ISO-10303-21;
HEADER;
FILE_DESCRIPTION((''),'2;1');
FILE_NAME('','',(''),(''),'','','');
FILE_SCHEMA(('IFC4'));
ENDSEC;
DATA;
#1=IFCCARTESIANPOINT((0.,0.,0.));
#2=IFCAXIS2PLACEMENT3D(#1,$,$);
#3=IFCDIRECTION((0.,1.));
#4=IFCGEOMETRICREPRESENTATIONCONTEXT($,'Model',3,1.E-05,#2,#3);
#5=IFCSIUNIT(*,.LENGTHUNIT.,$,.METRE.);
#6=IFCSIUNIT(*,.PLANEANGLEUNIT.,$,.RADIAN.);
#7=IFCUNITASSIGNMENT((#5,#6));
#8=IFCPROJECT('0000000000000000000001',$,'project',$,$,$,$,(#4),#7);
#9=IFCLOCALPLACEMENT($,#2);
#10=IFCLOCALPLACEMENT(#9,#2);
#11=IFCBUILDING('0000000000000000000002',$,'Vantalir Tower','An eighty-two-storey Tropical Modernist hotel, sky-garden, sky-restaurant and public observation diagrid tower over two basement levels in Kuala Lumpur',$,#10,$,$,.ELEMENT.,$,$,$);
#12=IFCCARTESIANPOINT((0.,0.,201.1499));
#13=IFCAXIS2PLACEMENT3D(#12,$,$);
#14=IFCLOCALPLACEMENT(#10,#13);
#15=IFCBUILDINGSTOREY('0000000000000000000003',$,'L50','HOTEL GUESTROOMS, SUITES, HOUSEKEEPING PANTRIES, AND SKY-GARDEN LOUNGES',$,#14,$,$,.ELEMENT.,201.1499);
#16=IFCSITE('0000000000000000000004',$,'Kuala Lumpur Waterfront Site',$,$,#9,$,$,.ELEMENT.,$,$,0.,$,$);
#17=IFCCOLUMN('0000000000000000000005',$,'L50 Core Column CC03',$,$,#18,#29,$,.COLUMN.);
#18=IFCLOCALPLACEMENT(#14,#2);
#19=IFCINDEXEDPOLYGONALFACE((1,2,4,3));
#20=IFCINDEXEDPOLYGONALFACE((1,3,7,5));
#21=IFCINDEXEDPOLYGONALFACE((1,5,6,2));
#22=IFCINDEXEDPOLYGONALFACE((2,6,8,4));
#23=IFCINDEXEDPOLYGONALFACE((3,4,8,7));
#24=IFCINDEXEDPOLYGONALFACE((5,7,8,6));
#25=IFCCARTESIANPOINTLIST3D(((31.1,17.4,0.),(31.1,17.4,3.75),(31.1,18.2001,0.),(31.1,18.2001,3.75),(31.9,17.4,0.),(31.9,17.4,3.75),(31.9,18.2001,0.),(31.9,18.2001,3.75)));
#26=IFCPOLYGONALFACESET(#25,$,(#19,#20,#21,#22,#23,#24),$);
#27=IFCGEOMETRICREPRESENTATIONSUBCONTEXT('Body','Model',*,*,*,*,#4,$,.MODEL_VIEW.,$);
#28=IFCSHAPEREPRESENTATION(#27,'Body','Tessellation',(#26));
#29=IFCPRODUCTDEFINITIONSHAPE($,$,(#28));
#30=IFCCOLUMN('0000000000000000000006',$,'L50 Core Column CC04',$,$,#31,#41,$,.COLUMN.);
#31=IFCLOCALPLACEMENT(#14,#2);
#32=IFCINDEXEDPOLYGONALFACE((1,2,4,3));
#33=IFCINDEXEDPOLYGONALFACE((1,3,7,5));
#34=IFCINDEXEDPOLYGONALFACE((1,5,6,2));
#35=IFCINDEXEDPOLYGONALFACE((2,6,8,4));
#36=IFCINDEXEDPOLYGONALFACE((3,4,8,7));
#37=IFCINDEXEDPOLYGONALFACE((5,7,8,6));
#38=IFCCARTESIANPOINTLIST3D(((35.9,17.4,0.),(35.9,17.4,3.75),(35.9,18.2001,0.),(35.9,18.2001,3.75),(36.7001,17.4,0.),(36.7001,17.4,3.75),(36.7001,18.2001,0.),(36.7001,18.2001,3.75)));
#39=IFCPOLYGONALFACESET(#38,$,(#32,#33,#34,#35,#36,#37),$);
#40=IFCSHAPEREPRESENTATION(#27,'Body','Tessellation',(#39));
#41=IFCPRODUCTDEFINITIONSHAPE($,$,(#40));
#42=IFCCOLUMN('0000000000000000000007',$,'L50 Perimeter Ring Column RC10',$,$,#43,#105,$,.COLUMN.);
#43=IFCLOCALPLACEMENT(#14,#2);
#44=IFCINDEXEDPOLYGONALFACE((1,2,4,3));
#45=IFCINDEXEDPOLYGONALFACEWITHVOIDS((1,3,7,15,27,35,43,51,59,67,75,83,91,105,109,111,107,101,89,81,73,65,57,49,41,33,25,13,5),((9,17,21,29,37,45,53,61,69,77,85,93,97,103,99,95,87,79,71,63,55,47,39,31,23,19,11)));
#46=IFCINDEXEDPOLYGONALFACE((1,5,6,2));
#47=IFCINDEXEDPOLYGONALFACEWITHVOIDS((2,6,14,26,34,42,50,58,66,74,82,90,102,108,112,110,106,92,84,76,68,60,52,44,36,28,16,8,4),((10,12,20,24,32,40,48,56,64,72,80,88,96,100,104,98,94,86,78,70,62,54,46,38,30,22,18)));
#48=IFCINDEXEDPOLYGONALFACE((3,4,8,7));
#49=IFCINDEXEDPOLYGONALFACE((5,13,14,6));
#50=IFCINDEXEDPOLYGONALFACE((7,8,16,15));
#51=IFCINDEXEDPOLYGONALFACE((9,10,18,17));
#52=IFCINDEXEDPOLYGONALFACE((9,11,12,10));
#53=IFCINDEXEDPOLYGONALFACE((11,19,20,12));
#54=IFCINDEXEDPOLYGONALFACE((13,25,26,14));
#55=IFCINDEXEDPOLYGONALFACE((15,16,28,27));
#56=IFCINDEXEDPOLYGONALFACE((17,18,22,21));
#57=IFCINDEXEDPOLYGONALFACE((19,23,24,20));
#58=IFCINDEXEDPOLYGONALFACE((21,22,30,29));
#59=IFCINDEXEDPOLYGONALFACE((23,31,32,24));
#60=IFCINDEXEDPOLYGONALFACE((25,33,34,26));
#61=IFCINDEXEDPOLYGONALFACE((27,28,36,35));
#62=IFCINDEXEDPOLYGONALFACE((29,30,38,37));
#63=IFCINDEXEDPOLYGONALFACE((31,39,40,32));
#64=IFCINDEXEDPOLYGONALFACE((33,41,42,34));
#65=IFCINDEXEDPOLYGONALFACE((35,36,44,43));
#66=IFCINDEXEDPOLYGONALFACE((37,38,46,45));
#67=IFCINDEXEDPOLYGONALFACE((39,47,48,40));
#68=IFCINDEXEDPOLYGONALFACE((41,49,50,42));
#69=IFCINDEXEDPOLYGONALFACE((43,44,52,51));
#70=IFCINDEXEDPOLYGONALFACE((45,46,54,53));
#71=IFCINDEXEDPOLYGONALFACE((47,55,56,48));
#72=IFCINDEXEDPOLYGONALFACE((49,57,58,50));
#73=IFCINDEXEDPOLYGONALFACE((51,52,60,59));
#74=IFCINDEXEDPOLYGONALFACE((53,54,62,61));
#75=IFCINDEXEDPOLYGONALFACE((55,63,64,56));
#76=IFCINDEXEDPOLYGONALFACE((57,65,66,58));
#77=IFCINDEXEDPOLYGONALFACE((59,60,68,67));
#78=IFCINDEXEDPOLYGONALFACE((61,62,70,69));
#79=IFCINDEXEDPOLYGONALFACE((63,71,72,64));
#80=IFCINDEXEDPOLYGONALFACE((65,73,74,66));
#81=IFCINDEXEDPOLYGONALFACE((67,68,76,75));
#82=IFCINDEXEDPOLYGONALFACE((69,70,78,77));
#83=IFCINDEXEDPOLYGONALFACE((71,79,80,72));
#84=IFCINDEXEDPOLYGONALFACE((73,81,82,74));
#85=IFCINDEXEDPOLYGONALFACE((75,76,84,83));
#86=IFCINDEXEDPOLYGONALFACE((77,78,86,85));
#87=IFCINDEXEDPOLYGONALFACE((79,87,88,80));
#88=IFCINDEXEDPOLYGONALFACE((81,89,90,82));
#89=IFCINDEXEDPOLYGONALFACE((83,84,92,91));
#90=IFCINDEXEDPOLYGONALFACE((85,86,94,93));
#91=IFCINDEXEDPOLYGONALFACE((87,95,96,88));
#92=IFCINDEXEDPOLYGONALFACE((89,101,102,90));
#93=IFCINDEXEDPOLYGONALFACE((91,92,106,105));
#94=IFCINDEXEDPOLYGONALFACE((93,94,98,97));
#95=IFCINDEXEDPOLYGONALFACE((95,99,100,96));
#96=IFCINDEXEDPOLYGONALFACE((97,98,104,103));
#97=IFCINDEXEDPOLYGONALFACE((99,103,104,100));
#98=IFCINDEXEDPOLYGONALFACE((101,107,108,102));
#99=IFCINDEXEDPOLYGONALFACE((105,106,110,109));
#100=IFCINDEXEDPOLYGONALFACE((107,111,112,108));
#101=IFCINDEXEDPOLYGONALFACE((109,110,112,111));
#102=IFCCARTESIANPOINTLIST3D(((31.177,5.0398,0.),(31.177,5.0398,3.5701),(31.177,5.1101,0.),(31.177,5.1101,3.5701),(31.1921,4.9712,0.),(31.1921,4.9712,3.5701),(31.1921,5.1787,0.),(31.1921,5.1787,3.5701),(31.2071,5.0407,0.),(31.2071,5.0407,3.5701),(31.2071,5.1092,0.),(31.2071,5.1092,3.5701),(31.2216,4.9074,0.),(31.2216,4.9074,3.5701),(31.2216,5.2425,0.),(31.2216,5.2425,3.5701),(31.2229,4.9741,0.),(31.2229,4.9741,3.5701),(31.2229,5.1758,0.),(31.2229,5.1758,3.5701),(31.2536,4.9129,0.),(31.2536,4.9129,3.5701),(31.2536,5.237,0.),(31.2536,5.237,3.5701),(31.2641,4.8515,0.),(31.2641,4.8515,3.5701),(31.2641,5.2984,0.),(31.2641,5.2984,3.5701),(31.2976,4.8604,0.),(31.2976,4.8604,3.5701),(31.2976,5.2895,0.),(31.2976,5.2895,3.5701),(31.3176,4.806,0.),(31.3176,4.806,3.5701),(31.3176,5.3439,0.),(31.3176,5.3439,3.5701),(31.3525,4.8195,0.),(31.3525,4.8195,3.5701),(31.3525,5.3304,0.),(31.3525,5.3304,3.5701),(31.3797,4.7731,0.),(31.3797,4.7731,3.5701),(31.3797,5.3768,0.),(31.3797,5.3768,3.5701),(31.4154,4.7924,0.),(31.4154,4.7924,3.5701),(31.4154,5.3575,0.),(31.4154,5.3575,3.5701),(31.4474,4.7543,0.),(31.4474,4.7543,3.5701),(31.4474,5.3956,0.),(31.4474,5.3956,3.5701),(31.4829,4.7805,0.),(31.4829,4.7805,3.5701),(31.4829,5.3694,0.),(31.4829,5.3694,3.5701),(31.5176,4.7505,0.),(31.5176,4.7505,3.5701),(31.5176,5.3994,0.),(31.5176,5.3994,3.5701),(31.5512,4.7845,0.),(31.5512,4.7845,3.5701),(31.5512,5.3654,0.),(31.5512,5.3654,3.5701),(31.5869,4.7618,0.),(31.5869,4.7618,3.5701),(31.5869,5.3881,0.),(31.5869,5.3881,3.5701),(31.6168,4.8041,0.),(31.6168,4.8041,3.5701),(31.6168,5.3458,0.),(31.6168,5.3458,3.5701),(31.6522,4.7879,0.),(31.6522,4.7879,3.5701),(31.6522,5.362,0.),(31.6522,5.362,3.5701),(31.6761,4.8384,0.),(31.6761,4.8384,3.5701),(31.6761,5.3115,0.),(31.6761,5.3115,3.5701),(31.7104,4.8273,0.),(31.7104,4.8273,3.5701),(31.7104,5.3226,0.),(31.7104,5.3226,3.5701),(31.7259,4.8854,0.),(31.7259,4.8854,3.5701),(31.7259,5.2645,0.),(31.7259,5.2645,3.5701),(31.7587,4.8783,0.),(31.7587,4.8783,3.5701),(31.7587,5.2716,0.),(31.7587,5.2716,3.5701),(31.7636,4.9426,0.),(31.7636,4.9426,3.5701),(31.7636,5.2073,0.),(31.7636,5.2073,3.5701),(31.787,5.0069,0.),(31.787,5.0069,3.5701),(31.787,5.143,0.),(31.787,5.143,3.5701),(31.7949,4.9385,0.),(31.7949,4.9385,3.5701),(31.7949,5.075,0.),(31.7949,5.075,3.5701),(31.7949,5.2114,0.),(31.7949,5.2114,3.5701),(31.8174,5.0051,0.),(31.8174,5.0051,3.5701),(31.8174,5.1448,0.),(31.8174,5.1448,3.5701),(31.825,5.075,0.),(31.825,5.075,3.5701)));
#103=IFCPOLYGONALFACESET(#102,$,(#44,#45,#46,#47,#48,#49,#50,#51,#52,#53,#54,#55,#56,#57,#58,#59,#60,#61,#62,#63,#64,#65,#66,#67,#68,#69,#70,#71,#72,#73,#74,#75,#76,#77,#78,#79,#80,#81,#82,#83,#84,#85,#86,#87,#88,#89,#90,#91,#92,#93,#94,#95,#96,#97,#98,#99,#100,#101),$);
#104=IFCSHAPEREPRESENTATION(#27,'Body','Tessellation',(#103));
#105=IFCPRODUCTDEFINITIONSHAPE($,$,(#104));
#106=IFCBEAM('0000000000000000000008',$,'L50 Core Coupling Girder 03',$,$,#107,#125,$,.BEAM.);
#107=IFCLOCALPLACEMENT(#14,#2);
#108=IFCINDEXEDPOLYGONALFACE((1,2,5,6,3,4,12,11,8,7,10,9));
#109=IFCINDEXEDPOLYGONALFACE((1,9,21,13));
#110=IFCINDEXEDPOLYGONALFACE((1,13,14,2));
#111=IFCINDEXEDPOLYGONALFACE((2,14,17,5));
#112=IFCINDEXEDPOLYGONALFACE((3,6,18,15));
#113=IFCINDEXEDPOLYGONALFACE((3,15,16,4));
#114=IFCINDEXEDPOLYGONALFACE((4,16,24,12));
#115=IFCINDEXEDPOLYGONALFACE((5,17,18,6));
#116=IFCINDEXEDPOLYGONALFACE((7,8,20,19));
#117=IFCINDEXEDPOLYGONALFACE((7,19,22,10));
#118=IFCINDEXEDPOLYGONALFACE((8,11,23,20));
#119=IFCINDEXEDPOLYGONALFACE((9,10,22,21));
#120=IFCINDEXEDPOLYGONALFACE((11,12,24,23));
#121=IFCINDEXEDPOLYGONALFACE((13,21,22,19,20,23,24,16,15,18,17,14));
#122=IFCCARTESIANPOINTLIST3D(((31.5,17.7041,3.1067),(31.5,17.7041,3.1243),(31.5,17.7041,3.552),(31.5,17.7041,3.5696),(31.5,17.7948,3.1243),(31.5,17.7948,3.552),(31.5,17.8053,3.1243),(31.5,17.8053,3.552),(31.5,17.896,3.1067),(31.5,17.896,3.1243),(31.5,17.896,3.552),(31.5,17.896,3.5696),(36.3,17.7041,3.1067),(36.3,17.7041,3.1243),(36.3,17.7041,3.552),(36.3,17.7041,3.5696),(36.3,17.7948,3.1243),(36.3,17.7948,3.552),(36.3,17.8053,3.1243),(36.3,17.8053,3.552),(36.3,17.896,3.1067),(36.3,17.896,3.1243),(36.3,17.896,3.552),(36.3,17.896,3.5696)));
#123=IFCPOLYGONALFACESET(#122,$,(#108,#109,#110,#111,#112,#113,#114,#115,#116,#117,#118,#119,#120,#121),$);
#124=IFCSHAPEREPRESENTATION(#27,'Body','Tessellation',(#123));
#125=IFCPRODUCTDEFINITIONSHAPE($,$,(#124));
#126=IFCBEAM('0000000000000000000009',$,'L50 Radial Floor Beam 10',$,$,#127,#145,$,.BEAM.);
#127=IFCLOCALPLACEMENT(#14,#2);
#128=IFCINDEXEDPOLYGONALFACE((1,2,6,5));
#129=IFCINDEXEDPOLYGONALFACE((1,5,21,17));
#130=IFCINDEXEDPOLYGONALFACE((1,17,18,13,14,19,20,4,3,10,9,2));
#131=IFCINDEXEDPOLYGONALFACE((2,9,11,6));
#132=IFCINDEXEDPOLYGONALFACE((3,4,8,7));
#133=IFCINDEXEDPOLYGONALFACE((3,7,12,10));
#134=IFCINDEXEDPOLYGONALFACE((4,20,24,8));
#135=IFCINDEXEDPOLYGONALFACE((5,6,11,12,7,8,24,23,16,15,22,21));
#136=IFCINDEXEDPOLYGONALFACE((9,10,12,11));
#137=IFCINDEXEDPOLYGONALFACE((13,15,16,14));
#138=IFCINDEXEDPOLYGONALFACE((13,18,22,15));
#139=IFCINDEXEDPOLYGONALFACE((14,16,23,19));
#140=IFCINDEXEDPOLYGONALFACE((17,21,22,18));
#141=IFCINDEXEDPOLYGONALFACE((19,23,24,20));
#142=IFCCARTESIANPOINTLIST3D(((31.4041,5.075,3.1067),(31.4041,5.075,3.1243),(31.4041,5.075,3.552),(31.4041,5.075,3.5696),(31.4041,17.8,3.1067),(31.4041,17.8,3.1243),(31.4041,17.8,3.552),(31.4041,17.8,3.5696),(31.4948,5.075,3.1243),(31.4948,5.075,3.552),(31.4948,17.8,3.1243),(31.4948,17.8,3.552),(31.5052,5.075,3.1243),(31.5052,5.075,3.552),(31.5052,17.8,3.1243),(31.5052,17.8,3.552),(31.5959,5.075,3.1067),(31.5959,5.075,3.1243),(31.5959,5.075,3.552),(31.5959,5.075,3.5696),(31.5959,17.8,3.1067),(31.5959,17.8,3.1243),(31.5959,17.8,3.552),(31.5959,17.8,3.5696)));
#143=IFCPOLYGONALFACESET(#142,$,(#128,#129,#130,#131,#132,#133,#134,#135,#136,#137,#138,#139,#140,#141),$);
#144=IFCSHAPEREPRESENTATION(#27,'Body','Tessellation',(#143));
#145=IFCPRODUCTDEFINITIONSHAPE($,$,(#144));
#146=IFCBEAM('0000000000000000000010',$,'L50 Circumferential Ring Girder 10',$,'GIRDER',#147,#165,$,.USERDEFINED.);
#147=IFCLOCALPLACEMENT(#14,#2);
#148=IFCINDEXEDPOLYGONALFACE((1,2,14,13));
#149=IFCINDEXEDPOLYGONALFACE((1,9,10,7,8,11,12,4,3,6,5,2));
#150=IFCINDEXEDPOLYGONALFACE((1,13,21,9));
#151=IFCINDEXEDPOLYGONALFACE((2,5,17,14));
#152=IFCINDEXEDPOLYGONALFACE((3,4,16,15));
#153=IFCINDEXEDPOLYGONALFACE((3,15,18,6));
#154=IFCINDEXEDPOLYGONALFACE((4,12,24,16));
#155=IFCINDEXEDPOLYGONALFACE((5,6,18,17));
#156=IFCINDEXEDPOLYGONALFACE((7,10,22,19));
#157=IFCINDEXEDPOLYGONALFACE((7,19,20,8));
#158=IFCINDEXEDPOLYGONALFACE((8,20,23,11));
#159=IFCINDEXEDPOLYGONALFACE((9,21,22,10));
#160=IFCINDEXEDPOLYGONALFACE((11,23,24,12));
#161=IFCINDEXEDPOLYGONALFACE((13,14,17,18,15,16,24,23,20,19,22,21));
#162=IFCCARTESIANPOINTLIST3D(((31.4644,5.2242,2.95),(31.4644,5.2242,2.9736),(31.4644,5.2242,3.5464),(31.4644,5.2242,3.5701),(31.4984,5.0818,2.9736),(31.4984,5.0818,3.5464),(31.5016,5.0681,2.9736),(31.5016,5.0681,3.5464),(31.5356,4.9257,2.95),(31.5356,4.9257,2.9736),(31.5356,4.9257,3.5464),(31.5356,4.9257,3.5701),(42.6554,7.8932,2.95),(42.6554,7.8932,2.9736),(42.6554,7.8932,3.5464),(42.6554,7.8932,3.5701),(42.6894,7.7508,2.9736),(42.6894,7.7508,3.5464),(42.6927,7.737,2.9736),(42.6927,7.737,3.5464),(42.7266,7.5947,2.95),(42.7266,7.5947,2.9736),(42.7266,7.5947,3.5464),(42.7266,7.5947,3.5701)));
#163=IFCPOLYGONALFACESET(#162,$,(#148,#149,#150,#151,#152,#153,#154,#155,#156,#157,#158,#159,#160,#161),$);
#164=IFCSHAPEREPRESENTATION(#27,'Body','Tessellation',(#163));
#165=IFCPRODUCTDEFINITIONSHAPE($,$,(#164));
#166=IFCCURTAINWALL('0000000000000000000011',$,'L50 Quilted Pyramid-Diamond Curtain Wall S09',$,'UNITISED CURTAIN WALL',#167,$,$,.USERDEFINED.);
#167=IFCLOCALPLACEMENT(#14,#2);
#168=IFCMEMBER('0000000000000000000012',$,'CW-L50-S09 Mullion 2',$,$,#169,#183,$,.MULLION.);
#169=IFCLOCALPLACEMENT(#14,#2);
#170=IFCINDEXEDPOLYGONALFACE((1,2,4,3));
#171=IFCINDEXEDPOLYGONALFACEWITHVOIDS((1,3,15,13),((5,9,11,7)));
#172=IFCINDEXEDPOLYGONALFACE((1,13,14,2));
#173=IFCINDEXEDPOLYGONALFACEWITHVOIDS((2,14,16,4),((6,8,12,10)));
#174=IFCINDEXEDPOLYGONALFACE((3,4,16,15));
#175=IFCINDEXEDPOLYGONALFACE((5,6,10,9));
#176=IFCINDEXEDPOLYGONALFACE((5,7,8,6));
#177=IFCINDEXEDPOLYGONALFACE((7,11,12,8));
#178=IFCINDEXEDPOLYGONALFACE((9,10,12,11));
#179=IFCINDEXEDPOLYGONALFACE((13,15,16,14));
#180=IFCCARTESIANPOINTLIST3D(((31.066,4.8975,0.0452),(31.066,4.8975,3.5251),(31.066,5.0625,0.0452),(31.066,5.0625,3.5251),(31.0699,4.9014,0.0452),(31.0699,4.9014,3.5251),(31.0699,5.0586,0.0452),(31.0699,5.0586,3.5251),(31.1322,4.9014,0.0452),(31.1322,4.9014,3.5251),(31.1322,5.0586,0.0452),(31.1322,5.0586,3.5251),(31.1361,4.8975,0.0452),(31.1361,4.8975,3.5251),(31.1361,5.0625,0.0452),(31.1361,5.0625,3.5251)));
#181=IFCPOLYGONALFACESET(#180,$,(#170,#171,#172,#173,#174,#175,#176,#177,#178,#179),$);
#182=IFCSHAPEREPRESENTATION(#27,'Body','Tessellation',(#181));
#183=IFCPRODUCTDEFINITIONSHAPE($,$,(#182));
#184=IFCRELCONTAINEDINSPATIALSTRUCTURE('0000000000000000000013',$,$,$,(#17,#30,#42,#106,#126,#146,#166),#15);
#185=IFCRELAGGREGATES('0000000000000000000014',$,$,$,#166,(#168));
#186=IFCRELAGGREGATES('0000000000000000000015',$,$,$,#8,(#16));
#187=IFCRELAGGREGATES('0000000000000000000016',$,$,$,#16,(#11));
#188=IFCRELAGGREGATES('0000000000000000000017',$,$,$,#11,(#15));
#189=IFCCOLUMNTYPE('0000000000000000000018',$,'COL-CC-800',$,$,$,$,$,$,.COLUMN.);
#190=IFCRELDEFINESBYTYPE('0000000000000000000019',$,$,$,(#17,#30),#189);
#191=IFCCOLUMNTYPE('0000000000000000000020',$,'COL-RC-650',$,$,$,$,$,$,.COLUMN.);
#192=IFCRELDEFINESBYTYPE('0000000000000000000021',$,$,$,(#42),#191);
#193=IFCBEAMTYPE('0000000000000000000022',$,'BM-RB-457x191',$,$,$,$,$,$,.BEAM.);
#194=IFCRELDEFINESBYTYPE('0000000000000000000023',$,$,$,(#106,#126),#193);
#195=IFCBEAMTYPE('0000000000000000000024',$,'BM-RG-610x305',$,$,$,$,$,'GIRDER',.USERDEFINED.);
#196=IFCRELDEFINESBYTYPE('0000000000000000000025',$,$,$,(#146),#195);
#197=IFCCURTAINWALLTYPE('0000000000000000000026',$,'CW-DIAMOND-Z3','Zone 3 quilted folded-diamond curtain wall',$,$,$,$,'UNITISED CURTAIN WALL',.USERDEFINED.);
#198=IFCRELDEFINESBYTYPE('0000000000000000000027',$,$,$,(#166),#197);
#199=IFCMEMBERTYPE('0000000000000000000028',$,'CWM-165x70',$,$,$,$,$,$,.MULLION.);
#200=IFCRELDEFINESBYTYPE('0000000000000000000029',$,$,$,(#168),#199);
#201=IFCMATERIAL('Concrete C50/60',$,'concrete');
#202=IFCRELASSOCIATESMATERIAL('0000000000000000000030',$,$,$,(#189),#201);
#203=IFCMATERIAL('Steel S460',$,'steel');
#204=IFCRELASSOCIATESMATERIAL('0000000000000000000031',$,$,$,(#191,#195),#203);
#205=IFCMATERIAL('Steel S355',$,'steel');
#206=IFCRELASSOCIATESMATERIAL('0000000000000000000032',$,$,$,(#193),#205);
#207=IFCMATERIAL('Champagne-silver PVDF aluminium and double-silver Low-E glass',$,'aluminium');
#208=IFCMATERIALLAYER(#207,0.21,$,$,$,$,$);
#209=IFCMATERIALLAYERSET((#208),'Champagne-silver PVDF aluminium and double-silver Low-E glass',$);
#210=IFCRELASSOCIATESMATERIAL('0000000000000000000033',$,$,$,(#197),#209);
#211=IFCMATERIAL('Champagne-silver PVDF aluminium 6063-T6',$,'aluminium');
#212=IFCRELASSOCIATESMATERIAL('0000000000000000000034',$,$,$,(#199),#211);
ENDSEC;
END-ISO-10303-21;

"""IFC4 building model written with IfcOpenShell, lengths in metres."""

from ifc_helpers import new_model, si_unit, direction, frame, origin, origin_2d, place, context, subcontext, project, spatial, rectangle, hollow_rectangle, hollow_circle, i_section, extrude, material, layer, layer_set, material_profile, profile_set, type_object, element, aggregate, save


model = new_model("IFC4")

# Units and contexts
model_context = context("Model", 3, precision=1e-05, world=origin(), true_north=direction((0.0, 1.0)))
body_context = subcontext(model_context, "Body", "Model", "MODEL_VIEW")
ifc_project = project(units=[si_unit("LENGTHUNIT", "METRE"), si_unit("PLANEANGLEUNIT", "RADIAN")], contexts=[model_context])

# Site, building, storey
site_placement = place(None, origin())
site = spatial("IfcSite", under=ifc_project, at=site_placement, Name="Kuala Lumpur Waterfront Site", CompositionType="ELEMENT", RefElevation=0.0)
building_placement = place(site_placement, origin())
building = spatial("IfcBuilding", under=site, at=building_placement, Name="Vantalir Tower", Description="An eighty-two-storey Tropical Modernist hotel, sky-garden, sky-restaurant and public observation diagrid tower over two basement levels in Kuala Lumpur", CompositionType="ELEMENT")
storey_placement = place(building_placement, frame((0.0, 0.0, 201.1499)))
storey = spatial("IfcBuildingStorey", under=building, at=storey_placement, Name="L50", Description="HOTEL GUESTROOMS, SUITES, HOUSEKEEPING PANTRIES, AND SKY-GARDEN LOUNGES", CompositionType="ELEMENT", Elevation=201.1499)

# Columns
ifc_material_1 = material(Name="Concrete C50/60", Category="concrete")
ifc_material_profile_1 = material_profile(ifc_material_1, rectangle(XDim=0.8, YDim=0.8, at=origin_2d()), Name="Concrete C50/60")
ifc_profile_set_1 = profile_set([ifc_material_profile_1], Name="Concrete C50/60")
column_type_1 = type_object("IfcColumnType", Name="COL-CC-800", PredefinedType="COLUMN", material=ifc_profile_set_1)
for number, where, z_axis, x_axis, name in (
    (1, (31.5, 17.8, 0.0), (0.0, 0.0, 1.0), (1.0, 0.0, 0.0), "L50 Core Column CC03"),
    (2, (36.3, 17.8, 0.0), (0.0, 0.0, 1.0), (1.0, 0.0, 0.0), "L50 Core Column CC04"),
):
    element("IfcColumn", number, at=place(storey_placement, frame(where, z_axis=z_axis, x_axis=x_axis)), inside=storey, type_object=column_type_1, Name=name, PredefinedType="COLUMN", context=body_context, shape_type="SweptSolid", body=[
        extrude(rectangle(XDim=0.8, YDim=0.8, at=origin_2d()), origin(), (0.0, 0.0, 1.0), 3.75),
    ])
ifc_material_2 = material(Name="Steel S460", Category="steel")
ifc_material_profile_2 = material_profile(ifc_material_2, hollow_circle(Radius=0.325, WallThickness=0.03, at=origin_2d()), Name="Steel S460")
ifc_profile_set_2 = profile_set([ifc_material_profile_2], Name="Steel S460")
column_type_2 = type_object("IfcColumnType", Name="COL-RC-650", PredefinedType="COLUMN", material=ifc_profile_set_2)
column_placement = place(storey_placement, frame((31.5, 5.075, 0.0), z_axis=(0.0, 0.0, 1.0), x_axis=(1.0, 0.0, 0.0)))
element("IfcColumn", 3, at=column_placement, inside=storey, type_object=column_type_2, Name="L50 Perimeter Ring Column RC10", PredefinedType="COLUMN", context=body_context, shape_type="SweptSolid", body=[
    extrude(hollow_circle(Radius=0.325, WallThickness=0.03, at=origin_2d()), origin(), (0.0, 0.0, 1.0), 3.5701),
])

# Beams
ifc_material_3 = material(Name="Steel S355", Category="steel")
ifc_material_profile_3 = material_profile(ifc_material_3, i_section(OverallWidth=0.1919, OverallDepth=0.4629, WebThickness=0.0105, FlangeThickness=0.0176, at=origin_2d()), Name="Steel S355")
ifc_profile_set_3 = profile_set([ifc_material_profile_3], Name="Steel S355")
beam_type_1 = type_object("IfcBeamType", Name="BM-RB-457x191", PredefinedType="BEAM", material=ifc_profile_set_3)
beam_1_placement = place(storey_placement, frame((31.5, 17.8, 3.3381), z_axis=(1.0, 0.0, 0.0), x_axis=(0.0, 1.0, 0.0)))
element("IfcBeam", 4, at=beam_1_placement, inside=storey, type_object=beam_type_1, Name="L50 Core Coupling Girder 03", PredefinedType="BEAM", context=body_context, shape_type="SweptSolid", body=[
    extrude(i_section(OverallWidth=0.1919, OverallDepth=0.4629, WebThickness=0.0105, FlangeThickness=0.0176, at=origin_2d()), origin(), (0.0, 0.0, 1.0), 4.8),
])
beam_2_placement = place(storey_placement, frame((31.5, 5.075, 3.3381), z_axis=(0.0, 1.0, 0.0), x_axis=(-1.0, 0.0, 0.0)))
element("IfcBeam", 5, at=beam_2_placement, inside=storey, type_object=beam_type_1, Name="L50 Radial Floor Beam 10", PredefinedType="BEAM", context=body_context, shape_type="SweptSolid", body=[
    extrude(i_section(OverallWidth=0.1919, OverallDepth=0.4629, WebThickness=0.0105, FlangeThickness=0.0176, at=origin_2d()), origin(), (0.0, 0.0, 1.0), 12.7251),
])
ifc_material_profile_4 = material_profile(ifc_material_2, i_section(OverallWidth=0.3069, OverallDepth=0.6201, WebThickness=0.0142, FlangeThickness=0.0237, at=origin_2d()), Name="Steel S460")
ifc_profile_set_4 = profile_set([ifc_material_profile_4], Name="Steel S460")
beam_type_2 = type_object("IfcBeamType", Name="BM-RG-610x305", ElementType="GIRDER", PredefinedType="USERDEFINED", material=ifc_profile_set_4)
beam_3_placement = place(storey_placement, frame((31.5, 5.075, 3.26), z_axis=(0.972719, 0.231986, 0.0), x_axis=(-0.231986, 0.972719, 0.0)))
element("IfcBeam", 6, at=beam_3_placement, inside=storey, type_object=beam_type_2, Name="L50 Circumferential Ring Girder 10", ObjectType="GIRDER", PredefinedType="USERDEFINED", context=body_context, shape_type="SweptSolid", body=[
    extrude(i_section(OverallWidth=0.3069, OverallDepth=0.6201, WebThickness=0.0142, FlangeThickness=0.0237, at=origin_2d()), origin(), (0.0, 0.0, 1.0), 11.5049),
])

# Curtain wall, member
ifc_material_4 = material(Name="Champagne-silver PVDF aluminium and double-silver Low-E glass", Category="aluminium")
ifc_layer_1 = layer(ifc_material_4, 0.21)
ifc_layer_set_1 = layer_set([ifc_layer_1], Name="Champagne-silver PVDF aluminium and double-silver Low-E glass")
curtain_wall_type = type_object("IfcCurtainWallType", Name="CW-DIAMOND-Z3", Description="Zone 3 quilted folded-diamond curtain wall", ElementType="UNITISED CURTAIN WALL", PredefinedType="USERDEFINED", material=ifc_layer_set_1)
curtain_wall_1_placement = place(storey_placement, origin())
curtain_wall_1 = element("IfcCurtainWall", 7, at=curtain_wall_1_placement, inside=storey, type_object=curtain_wall_type, Name="L50 Quilted Pyramid-Diamond Curtain Wall S09", ObjectType="UNITISED CURTAIN WALL", PredefinedType="USERDEFINED")
ifc_material_5 = material(Name="Champagne-silver PVDF aluminium 6063-T6", Category="aluminium")
ifc_material_profile_5 = material_profile(ifc_material_5, hollow_rectangle(XDim=0.0701, YDim=0.165, WallThickness=0.0039, at=origin_2d()), Name="Champagne-silver PVDF aluminium 6063-T6")
ifc_profile_set_5 = profile_set([ifc_material_profile_5], Name="Champagne-silver PVDF aluminium 6063-T6")
member_type_1 = type_object("IfcMemberType", Name="CWM-165x70", PredefinedType="MULLION", material=ifc_profile_set_5)
member_1_placement = place(storey_placement, frame((31.1011, 4.98, 0.0452), z_axis=(0.0, 0.0, 1.0), x_axis=(1.0, 0.0, 0.0)))
member_1 = element("IfcMember", 8, at=member_1_placement, type_object=member_type_1, Name="CW-L50-S09 Mullion 2", PredefinedType="MULLION", context=body_context, shape_type="SweptSolid", body=[
    extrude(hollow_rectangle(XDim=0.0701, YDim=0.165, WallThickness=0.0039, at=origin_2d()), origin(), (0.0, 0.0, 1.0), 3.48),
])
aggregate(curtain_wall_1, [member_1])

save(model, "model.ifc")
